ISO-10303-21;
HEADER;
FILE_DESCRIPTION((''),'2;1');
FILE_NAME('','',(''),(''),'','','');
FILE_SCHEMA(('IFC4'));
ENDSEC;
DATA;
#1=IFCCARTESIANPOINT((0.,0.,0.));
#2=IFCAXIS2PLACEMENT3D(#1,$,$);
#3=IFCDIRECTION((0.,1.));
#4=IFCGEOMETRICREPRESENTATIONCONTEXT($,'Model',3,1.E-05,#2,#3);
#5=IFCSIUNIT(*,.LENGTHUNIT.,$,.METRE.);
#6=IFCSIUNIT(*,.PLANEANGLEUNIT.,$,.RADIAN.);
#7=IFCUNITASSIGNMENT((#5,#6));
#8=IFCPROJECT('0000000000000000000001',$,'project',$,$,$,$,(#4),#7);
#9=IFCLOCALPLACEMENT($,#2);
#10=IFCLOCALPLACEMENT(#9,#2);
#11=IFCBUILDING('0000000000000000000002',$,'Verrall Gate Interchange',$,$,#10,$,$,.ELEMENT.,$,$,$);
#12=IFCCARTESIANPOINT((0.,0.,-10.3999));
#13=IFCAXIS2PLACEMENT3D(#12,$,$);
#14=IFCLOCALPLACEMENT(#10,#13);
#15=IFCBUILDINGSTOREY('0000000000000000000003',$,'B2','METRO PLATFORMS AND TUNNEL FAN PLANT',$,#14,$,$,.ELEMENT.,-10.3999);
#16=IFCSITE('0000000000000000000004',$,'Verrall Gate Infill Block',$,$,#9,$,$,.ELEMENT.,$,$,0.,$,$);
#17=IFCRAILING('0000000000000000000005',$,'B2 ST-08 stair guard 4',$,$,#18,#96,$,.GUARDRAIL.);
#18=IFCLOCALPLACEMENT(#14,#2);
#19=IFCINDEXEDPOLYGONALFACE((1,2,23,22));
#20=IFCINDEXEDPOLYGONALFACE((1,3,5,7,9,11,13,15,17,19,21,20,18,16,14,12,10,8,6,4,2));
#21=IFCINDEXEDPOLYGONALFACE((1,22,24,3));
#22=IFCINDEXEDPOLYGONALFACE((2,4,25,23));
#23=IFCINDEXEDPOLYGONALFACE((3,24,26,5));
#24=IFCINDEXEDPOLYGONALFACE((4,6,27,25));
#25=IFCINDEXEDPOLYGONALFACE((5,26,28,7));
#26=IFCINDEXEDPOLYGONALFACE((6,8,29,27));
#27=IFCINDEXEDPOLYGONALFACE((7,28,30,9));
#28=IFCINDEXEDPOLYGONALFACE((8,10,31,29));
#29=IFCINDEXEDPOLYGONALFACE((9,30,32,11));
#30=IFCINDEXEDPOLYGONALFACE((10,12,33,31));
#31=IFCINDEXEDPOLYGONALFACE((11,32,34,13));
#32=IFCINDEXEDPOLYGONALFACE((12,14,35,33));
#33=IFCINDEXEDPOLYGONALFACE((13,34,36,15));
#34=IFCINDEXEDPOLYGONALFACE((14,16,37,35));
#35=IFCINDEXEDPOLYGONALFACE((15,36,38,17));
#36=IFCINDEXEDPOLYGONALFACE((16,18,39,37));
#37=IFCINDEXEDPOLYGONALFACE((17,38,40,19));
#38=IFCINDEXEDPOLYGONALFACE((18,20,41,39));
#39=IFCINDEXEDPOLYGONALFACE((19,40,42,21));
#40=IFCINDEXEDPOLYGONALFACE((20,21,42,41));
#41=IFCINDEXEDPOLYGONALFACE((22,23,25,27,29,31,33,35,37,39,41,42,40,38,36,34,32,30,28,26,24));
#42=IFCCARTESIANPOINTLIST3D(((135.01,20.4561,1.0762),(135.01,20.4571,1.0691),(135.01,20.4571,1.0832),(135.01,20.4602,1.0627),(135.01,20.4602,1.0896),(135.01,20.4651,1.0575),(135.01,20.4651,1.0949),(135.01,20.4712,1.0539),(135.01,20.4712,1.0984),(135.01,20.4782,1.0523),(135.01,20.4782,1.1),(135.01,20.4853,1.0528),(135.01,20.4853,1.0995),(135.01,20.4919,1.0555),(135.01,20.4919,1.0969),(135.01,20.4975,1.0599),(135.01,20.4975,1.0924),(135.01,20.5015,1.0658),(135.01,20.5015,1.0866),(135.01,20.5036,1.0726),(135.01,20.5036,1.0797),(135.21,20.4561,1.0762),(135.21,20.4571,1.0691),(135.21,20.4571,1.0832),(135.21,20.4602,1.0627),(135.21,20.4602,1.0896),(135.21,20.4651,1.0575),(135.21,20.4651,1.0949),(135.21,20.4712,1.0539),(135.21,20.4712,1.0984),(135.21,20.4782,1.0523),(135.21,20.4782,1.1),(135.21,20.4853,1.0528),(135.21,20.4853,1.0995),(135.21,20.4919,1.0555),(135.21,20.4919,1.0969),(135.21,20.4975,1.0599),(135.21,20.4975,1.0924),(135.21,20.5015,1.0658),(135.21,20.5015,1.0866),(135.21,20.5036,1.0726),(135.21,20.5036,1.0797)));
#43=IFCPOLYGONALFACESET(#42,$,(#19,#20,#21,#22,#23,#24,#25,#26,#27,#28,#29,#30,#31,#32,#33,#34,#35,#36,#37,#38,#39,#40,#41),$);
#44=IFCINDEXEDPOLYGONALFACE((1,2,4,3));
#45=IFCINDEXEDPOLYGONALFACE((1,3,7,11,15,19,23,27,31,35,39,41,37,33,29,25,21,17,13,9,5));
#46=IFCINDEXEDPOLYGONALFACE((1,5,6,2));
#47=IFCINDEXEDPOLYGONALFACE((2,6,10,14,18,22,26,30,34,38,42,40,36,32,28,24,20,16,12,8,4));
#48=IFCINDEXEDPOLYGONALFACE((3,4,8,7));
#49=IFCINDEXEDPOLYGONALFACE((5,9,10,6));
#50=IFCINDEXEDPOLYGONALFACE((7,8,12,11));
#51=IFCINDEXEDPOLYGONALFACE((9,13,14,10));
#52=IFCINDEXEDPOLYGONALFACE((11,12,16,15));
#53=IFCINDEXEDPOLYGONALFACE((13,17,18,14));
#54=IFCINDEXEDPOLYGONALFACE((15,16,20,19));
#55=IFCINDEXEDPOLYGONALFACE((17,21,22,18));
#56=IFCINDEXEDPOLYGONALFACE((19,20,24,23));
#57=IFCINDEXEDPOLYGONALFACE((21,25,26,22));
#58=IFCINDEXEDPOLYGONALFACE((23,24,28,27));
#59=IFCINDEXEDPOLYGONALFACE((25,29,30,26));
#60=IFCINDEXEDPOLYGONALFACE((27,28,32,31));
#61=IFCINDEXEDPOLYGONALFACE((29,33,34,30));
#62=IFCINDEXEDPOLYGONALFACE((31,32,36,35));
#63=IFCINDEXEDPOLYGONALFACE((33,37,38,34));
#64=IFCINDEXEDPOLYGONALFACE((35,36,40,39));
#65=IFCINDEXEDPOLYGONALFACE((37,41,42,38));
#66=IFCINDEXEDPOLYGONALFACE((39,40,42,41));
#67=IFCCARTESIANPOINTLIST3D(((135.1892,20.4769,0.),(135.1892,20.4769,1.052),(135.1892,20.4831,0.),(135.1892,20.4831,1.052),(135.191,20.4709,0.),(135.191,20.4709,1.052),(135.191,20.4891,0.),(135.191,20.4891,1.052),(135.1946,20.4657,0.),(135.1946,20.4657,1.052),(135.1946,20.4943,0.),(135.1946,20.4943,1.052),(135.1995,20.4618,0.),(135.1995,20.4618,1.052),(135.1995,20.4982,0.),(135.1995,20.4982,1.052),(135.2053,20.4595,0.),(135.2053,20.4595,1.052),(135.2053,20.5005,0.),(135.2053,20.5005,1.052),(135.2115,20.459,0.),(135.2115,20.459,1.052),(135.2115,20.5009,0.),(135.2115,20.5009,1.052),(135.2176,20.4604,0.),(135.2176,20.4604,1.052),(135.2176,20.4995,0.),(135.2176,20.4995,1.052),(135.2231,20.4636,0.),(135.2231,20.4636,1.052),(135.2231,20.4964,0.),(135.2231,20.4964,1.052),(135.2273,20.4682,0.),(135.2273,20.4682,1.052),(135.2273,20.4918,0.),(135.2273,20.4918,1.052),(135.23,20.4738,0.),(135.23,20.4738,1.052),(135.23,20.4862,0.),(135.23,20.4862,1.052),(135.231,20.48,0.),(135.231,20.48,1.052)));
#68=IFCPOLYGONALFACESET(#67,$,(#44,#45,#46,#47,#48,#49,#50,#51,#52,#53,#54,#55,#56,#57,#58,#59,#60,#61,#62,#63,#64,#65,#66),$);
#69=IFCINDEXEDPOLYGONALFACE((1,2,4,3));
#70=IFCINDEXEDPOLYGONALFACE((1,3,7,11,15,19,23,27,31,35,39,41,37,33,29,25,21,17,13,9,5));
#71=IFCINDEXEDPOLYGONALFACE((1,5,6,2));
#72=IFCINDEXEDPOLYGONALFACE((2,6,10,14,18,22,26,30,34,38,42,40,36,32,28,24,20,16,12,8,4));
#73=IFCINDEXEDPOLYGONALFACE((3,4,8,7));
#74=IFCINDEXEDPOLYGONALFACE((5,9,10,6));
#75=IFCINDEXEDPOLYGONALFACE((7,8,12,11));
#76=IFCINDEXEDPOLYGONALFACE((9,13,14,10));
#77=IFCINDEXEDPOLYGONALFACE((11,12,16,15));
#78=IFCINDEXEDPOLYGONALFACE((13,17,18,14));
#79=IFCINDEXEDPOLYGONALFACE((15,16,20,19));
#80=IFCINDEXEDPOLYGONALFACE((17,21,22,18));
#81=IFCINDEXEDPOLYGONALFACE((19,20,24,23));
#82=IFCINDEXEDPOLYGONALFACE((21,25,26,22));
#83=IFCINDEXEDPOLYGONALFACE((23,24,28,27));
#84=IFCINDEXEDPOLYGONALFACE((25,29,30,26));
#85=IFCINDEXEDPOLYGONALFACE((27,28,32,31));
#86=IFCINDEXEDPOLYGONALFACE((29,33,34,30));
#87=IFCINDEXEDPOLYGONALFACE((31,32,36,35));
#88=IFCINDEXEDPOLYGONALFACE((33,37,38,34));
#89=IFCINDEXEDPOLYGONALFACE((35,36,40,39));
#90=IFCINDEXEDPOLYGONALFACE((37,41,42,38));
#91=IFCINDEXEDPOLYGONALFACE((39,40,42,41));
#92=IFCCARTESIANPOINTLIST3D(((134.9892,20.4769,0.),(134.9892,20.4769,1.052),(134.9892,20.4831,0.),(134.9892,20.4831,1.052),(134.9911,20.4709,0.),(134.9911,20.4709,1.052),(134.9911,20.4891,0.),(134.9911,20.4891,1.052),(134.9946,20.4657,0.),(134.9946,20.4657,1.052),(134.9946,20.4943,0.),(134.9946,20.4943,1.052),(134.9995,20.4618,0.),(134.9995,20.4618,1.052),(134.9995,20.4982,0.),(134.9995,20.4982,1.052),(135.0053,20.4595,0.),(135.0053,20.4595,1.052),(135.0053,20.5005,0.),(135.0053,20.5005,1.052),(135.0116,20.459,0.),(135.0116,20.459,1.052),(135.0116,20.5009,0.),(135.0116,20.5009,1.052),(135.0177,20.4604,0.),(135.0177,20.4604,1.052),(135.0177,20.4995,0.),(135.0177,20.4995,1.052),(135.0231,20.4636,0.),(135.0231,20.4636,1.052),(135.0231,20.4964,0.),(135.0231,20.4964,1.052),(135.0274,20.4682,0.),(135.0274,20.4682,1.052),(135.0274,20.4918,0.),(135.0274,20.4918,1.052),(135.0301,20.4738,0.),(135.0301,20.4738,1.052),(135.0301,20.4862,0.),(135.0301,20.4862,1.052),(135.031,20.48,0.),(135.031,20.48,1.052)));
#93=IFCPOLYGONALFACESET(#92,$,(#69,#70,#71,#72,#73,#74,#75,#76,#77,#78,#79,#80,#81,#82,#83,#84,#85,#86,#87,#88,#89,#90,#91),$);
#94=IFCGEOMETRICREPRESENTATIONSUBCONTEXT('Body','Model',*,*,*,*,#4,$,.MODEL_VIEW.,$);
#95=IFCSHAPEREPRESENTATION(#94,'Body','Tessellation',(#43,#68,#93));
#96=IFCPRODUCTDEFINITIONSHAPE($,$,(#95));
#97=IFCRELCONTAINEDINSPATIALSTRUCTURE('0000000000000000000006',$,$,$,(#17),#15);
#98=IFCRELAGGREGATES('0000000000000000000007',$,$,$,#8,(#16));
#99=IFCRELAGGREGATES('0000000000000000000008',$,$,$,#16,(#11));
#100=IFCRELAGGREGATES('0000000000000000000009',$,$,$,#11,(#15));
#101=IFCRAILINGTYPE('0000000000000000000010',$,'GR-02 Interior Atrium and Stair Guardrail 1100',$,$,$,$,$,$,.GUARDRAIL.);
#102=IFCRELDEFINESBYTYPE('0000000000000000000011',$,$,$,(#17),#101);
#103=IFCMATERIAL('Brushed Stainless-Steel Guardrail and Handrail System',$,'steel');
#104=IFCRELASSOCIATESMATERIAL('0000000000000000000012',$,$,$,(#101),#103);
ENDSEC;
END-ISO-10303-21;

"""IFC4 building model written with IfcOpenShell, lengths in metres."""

from ifc_helpers import new_model, si_unit, direction, frame, origin, origin_2d, place, context, subcontext, project, spatial, circle, extrude, material, type_object, element, save


model = new_model("IFC4")

# Units and contexts
model_context = context("Model", 3, precision=1e-05, world=origin(), true_north=direction((0.0, 1.0)))
body_context = subcontext(model_context, "Body", "Model", "MODEL_VIEW")
ifc_project = project(units=[si_unit("LENGTHUNIT", "METRE"), si_unit("PLANEANGLEUNIT", "RADIAN")], contexts=[model_context])

# Site, building, storey
site_placement = place(None, origin())
site = spatial("IfcSite", under=ifc_project, at=site_placement, Name="Verrall Gate Infill Block", CompositionType="ELEMENT", RefElevation=0.0)
building_placement = place(site_placement, origin())
building = spatial("IfcBuilding", under=site, at=building_placement, Name="Verrall Gate Interchange", CompositionType="ELEMENT")
storey_placement = place(building_placement, frame((0.0, 0.0, -10.3999)))
storey = spatial("IfcBuildingStorey", under=building, at=storey_placement, Name="B2", Description="METRO PLATFORMS AND TUNNEL FAN PLANT", CompositionType="ELEMENT", Elevation=-10.3999)

# Railing
ifc_material_1 = material(Name="Brushed Stainless-Steel Guardrail and Handrail System", Category="steel")
railing_type_1 = type_object("IfcRailingType", Name="GR-02 Interior Atrium and Stair Guardrail 1100", PredefinedType="GUARDRAIL", material=ifc_material_1)
railing_1_placement = place(storey_placement, frame((135.21, 20.48, 0.0)))
element("IfcRailing", 1, at=railing_1_placement, inside=storey, type_object=railing_type_1, Name="B2 ST-08 stair guard 4", PredefinedType="GUARDRAIL", context=body_context, shape_type="SweptSolid", body=[
    extrude(circle(Radius=0.0239, at=origin_2d()), frame((0.0, 0.0, 1.0762), z_axis=(-1.0, 0.0, 0.0), x_axis=(0.0, -1.0, 0.0)), (0.0, 0.0, 1.0), 0.2),
    extrude(circle(Radius=0.021, at=origin_2d()), origin(), (0.0, 0.0, 1.0), 1.052),
    extrude(circle(Radius=0.021, at=origin_2d()), frame((-0.2, 0.0, 0.0)), (0.0, 0.0, 1.0), 1.052),
])

save(model, "model.ifc")
